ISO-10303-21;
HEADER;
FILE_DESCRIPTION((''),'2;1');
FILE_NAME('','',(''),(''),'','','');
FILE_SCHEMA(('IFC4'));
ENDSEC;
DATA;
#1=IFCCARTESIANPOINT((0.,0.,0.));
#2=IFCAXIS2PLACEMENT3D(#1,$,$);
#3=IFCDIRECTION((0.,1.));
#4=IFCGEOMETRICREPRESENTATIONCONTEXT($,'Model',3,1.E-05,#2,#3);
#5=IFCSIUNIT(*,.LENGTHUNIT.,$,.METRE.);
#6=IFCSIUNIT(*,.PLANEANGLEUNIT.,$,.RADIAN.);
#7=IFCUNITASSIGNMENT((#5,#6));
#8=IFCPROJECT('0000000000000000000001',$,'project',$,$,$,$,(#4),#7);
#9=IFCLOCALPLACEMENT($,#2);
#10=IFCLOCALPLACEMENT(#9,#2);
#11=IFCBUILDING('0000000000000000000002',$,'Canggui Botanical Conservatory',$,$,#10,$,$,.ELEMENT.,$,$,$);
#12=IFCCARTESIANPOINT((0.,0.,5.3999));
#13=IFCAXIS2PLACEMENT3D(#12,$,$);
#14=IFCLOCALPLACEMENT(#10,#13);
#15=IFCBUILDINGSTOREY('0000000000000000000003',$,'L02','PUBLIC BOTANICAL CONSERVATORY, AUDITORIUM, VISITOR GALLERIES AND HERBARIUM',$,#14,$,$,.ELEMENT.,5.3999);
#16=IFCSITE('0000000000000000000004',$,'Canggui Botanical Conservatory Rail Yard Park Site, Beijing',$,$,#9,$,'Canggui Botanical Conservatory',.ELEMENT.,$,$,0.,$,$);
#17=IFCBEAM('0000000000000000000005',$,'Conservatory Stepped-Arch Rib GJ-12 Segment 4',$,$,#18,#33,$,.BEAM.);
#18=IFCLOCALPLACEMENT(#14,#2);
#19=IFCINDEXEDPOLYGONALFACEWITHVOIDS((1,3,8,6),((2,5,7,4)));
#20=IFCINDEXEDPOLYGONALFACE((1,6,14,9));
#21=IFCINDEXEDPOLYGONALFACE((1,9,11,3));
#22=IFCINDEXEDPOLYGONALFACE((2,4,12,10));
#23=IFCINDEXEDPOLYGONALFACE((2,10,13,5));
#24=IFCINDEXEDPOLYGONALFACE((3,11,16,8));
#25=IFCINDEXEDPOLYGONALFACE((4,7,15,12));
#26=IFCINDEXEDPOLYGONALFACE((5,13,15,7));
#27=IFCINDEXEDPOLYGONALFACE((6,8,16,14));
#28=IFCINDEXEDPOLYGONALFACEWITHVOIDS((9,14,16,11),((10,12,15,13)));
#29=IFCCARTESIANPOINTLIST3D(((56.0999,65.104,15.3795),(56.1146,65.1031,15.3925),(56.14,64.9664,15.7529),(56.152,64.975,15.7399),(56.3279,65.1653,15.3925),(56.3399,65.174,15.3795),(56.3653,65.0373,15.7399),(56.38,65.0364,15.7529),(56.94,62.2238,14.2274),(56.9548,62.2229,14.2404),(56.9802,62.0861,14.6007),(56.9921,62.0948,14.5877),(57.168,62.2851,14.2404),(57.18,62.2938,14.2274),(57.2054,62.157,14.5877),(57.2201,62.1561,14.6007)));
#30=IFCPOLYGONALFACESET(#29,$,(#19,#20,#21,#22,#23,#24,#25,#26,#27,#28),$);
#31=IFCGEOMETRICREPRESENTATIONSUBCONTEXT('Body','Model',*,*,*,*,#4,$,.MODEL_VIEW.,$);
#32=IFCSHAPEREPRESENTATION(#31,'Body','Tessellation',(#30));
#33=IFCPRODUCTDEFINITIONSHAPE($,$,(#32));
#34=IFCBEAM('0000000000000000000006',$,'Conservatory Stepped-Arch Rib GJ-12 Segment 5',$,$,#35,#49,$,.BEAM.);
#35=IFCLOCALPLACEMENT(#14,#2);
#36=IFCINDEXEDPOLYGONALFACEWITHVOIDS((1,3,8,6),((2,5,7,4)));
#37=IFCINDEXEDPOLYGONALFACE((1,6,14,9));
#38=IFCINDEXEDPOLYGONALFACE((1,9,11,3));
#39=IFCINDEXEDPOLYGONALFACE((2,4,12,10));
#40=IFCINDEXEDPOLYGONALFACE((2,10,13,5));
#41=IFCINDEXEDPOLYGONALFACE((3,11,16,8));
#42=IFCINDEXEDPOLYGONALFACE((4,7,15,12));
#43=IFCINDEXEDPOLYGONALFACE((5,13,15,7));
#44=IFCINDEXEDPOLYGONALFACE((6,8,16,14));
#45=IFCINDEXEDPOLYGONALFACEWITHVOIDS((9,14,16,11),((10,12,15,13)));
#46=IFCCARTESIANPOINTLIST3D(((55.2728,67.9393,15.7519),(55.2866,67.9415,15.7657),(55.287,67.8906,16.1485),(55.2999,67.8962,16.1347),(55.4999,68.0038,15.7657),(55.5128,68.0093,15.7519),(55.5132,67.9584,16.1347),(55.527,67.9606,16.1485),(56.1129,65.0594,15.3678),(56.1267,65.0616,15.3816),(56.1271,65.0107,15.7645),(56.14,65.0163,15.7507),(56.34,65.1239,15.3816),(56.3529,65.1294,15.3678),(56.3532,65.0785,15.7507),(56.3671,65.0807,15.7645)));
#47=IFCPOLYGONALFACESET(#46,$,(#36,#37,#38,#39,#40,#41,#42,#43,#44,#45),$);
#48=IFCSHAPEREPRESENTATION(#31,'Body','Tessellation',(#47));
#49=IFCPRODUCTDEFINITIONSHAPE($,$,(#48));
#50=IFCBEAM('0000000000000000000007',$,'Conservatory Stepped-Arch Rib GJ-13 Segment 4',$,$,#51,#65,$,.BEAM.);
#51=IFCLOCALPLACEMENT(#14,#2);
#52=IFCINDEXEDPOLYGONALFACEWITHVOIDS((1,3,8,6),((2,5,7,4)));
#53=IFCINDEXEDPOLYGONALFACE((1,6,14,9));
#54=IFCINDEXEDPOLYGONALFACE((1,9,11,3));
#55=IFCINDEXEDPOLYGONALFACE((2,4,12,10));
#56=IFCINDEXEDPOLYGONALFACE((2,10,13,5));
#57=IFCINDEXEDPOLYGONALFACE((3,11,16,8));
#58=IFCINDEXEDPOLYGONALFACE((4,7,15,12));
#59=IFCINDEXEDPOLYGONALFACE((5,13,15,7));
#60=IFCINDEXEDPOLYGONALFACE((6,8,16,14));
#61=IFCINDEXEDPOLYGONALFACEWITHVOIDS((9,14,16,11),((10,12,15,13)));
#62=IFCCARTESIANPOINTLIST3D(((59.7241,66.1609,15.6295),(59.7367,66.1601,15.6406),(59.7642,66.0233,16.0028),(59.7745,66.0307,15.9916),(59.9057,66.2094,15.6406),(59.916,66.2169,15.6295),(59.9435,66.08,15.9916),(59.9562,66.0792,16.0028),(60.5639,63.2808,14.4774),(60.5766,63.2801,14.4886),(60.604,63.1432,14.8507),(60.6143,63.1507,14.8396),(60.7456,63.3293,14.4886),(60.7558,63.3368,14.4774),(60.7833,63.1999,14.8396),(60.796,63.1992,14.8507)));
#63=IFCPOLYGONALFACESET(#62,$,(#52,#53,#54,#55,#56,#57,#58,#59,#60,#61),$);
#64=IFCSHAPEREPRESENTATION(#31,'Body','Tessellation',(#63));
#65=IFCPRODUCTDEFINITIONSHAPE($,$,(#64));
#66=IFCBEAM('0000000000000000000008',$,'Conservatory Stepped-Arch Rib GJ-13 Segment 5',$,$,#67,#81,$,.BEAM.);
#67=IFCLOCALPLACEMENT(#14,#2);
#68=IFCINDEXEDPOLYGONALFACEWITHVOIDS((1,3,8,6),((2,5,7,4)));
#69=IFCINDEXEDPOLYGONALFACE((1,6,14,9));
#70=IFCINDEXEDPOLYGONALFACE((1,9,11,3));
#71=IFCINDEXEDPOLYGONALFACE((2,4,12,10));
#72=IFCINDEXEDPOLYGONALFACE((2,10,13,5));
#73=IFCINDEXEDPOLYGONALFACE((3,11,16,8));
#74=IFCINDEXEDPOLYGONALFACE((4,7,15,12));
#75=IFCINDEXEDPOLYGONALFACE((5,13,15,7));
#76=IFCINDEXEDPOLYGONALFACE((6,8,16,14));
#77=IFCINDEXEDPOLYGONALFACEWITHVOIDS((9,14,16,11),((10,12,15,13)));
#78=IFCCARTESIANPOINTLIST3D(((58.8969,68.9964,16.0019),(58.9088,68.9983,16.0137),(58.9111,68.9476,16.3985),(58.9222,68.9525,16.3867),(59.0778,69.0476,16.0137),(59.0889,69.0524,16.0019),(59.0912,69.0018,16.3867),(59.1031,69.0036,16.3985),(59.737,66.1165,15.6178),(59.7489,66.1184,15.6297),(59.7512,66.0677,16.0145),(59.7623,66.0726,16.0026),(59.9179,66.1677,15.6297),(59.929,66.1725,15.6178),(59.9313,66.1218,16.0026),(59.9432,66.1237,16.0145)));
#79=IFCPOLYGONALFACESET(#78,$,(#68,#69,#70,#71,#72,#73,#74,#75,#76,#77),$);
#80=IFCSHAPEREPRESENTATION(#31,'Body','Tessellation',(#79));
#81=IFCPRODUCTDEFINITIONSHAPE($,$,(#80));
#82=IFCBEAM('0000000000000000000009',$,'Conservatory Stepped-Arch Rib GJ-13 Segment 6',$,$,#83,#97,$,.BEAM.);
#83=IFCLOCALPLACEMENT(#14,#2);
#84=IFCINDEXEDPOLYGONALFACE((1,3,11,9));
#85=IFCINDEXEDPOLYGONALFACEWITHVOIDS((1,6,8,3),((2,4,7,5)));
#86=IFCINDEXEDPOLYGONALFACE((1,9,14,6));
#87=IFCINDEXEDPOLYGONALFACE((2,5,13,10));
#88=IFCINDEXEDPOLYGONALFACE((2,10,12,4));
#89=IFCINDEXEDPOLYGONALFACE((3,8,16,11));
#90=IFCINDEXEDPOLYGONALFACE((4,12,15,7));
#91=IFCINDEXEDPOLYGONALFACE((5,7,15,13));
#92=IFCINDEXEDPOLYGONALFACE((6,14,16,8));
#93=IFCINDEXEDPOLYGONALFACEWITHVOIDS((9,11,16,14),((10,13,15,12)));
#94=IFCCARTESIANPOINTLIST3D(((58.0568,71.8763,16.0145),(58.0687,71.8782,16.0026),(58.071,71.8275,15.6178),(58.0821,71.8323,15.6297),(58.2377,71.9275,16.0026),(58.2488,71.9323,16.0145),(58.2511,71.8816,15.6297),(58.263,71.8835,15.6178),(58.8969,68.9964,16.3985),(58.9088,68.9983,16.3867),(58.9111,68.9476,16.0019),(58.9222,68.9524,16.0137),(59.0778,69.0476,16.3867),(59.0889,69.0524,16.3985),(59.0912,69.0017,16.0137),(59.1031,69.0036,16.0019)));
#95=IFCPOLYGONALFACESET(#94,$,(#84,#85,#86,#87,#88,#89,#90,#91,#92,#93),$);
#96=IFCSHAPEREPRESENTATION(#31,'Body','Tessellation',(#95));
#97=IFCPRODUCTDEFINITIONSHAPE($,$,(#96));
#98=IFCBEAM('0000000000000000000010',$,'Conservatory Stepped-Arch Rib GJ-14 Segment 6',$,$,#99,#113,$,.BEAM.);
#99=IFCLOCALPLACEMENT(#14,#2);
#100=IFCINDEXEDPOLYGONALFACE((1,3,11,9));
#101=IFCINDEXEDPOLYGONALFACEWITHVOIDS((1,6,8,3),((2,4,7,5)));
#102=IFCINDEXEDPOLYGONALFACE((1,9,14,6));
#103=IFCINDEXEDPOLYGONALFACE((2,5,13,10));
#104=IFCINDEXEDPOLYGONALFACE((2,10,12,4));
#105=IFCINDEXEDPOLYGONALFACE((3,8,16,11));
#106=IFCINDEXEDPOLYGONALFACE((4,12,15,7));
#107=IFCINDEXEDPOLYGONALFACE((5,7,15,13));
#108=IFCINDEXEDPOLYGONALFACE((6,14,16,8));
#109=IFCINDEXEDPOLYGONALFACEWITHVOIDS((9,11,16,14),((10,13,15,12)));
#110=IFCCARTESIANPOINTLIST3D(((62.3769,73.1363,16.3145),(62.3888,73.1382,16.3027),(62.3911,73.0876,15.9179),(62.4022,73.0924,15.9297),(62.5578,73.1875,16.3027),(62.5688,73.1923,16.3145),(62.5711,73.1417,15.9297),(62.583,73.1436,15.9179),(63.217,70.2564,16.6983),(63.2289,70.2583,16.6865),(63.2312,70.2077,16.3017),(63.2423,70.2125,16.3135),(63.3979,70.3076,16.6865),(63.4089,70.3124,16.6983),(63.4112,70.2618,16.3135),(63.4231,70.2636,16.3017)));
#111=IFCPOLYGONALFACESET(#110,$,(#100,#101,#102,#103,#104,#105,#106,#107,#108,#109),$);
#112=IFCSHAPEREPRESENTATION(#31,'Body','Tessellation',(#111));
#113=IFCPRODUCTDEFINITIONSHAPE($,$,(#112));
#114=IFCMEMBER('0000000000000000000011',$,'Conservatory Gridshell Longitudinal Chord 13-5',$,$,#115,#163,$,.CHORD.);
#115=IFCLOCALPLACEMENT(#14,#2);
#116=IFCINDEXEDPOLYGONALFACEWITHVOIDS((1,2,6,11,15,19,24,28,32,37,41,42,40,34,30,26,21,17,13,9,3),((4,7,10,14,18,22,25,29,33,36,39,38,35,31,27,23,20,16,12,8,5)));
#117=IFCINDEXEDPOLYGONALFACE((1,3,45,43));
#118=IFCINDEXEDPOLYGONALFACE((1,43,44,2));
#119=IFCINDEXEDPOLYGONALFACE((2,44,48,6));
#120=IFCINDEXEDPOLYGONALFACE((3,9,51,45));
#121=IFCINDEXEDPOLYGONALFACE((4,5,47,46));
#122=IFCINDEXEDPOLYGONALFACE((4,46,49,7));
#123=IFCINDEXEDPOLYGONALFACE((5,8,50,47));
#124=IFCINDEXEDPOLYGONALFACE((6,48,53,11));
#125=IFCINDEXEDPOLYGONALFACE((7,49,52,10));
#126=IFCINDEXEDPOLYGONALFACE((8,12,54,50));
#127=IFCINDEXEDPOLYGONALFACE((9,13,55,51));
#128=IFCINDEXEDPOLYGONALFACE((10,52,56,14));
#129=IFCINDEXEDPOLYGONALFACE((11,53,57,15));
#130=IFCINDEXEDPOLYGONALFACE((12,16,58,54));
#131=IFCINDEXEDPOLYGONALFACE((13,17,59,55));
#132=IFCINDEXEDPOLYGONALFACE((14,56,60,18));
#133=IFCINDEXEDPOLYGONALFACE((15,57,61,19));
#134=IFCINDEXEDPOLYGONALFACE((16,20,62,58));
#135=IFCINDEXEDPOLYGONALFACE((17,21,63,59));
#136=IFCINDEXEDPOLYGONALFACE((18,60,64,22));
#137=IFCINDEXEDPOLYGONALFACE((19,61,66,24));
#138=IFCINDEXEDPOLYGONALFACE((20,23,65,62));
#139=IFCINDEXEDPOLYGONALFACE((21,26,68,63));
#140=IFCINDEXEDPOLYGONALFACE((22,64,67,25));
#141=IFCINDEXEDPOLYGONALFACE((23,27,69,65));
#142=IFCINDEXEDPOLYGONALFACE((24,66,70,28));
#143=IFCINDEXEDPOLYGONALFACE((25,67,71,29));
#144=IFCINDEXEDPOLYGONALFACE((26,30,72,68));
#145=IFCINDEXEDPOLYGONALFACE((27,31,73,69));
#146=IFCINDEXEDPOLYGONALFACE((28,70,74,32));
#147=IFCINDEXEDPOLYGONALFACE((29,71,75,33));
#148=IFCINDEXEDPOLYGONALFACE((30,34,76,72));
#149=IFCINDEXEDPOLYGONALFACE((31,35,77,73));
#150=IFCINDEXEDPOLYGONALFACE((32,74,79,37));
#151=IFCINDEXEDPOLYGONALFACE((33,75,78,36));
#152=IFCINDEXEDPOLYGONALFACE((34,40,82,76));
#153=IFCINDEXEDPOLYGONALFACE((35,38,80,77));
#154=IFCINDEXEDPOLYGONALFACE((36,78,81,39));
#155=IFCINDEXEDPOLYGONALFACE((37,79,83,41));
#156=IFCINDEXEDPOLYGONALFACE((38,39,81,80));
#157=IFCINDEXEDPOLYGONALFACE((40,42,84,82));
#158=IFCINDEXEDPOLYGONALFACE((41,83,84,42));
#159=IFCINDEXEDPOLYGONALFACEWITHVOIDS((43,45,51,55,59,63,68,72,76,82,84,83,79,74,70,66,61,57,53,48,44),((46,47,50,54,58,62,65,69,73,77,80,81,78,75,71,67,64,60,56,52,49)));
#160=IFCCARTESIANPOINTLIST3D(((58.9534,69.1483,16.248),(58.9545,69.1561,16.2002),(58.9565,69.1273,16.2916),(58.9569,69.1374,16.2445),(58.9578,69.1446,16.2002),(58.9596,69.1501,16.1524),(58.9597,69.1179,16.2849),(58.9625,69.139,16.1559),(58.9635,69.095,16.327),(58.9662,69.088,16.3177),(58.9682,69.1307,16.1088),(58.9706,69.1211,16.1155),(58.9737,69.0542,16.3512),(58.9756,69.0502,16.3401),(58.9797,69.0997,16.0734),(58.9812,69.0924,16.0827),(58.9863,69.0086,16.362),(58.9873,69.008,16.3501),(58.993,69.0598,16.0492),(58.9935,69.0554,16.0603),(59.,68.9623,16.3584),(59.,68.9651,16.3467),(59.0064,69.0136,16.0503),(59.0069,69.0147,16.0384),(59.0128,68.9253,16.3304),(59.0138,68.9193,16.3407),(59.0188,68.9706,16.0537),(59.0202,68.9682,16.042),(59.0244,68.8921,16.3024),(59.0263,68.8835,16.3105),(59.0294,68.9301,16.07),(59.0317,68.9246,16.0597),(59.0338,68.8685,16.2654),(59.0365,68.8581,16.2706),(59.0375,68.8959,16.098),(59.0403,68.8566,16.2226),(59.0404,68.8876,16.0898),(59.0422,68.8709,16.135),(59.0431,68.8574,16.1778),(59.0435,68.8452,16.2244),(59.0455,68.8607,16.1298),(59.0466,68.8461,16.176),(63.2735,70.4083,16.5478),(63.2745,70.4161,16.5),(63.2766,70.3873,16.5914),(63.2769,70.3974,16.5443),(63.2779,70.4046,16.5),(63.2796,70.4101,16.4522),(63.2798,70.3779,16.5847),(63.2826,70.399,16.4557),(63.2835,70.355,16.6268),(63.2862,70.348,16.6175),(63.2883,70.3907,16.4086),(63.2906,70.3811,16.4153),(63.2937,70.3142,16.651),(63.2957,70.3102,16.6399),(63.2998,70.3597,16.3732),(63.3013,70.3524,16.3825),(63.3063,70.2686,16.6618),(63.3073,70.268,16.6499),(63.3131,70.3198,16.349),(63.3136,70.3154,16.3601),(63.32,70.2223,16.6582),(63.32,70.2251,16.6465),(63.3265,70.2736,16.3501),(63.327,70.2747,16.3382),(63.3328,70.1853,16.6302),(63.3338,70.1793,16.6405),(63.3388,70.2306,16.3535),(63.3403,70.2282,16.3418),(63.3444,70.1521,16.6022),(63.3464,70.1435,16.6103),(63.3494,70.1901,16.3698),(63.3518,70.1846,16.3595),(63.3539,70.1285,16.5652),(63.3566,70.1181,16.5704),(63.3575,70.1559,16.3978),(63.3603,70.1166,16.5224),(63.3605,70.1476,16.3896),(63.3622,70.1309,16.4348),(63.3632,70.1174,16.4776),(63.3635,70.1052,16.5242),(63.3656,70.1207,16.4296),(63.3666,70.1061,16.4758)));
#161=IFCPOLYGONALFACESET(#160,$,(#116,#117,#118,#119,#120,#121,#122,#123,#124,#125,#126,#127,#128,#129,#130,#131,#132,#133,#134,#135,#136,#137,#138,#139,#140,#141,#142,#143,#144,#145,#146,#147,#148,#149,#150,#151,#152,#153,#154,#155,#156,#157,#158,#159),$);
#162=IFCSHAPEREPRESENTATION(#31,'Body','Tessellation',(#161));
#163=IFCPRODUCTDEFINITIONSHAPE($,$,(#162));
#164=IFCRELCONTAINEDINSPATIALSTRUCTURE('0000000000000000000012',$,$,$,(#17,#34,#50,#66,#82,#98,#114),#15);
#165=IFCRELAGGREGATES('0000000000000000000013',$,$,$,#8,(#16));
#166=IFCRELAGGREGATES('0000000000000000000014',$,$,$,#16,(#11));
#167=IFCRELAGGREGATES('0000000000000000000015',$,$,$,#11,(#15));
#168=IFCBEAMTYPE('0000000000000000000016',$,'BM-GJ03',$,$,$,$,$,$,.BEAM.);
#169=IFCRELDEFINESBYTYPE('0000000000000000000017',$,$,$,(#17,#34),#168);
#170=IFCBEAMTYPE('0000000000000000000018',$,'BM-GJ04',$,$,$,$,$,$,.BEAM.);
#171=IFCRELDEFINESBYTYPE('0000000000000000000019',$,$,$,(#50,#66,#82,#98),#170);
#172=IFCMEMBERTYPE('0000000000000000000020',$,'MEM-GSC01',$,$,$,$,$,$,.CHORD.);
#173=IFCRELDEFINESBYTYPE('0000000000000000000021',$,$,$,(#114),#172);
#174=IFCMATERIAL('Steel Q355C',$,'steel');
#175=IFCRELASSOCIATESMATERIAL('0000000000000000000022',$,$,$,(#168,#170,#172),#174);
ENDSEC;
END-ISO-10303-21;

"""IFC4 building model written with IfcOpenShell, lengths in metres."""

from ifc_helpers import new_model, si_unit, direction, frame, origin, origin_2d, place, context, subcontext, project, spatial, hollow_rectangle, hollow_circle, extrude, material, material_profile, profile_set, type_object, element, save


model = new_model("IFC4")

# Units and contexts
model_context = context("Model", 3, precision=1e-05, world=origin(), true_north=direction((0.0, 1.0)))
body_context = subcontext(model_context, "Body", "Model", "MODEL_VIEW")
ifc_project = project(units=[si_unit("LENGTHUNIT", "METRE"), si_unit("PLANEANGLEUNIT", "RADIAN")], contexts=[model_context])

# Site, building, storey
site_placement = place(None, origin())
site = spatial("IfcSite", under=ifc_project, at=site_placement, Name="Canggui Botanical Conservatory Rail Yard Park Site, Beijing", LongName="Canggui Botanical Conservatory", CompositionType="ELEMENT", RefElevation=0.0)
building_placement = place(site_placement, origin())
building = spatial("IfcBuilding", under=site, at=building_placement, Name="Canggui Botanical Conservatory", CompositionType="ELEMENT")
storey_placement = place(building_placement, frame((0.0, 0.0, 5.3999)))
storey = spatial("IfcBuildingStorey", under=building, at=storey_placement, Name="L02", Description="PUBLIC BOTANICAL CONSERVATORY, AUDITORIUM, VISITOR GALLERIES AND HERBARIUM", CompositionType="ELEMENT", Elevation=5.3999)

# Beams
ifc_material_1 = material(Name="Steel Q355C", Category="steel")
ifc_material_profile_1 = material_profile(ifc_material_1, hollow_rectangle(XDim=0.25, YDim=0.3999, WallThickness=0.0139, at=origin_2d()), Name="RHS 250x400x14")
ifc_profile_set_1 = profile_set([ifc_material_profile_1], Name="Steel Q355C")
beam_type_1 = type_object("IfcBeamType", Name="BM-GJ03", PredefinedType="BEAM", material=ifc_profile_set_1)
beam_1_placement = place(storey_placement, frame((57.0801, 62.1899, 14.4141), z_axis=(-0.261404, 0.896188, 0.35849), x_axis=(-0.959995, -0.280016, 0.0)))
element("IfcBeam", 1, at=beam_1_placement, inside=storey, type_object=beam_type_1, Name="Conservatory Stepped-Arch Rib GJ-12 Segment 4", PredefinedType="BEAM", context=body_context, shape_type="SweptSolid", body=[
    extrude(hollow_rectangle(XDim=0.25, YDim=0.3999, WallThickness=0.0139, at=origin_2d()), origin(), (0.0, 0.0, 1.0), 3.2139),
])
beam_2_placement = place(storey_placement, frame((56.24, 65.0701, 15.5662), z_axis=(-0.277771, 0.952218, 0.126979), x_axis=(-0.959989, -0.280038, 0.0)))
element("IfcBeam", 2, at=beam_2_placement, inside=storey, type_object=beam_type_1, Name="Conservatory Stepped-Arch Rib GJ-12 Segment 5", PredefinedType="BEAM", context=body_context, shape_type="SweptSolid", body=[
    extrude(hollow_rectangle(XDim=0.25, YDim=0.3999, WallThickness=0.0139, at=origin_2d()), origin(), (0.0, 0.0, 1.0), 3.0244),
])
ifc_material_profile_2 = material_profile(ifc_material_1, hollow_rectangle(XDim=0.2, YDim=0.3999, WallThickness=0.012, at=origin_2d()), Name="RHS 200x400x12")
ifc_profile_set_2 = profile_set([ifc_material_profile_2], Name="Steel Q355C")
beam_type_2 = type_object("IfcBeamType", Name="BM-GJ04", PredefinedType="BEAM", material=ifc_profile_set_2)
beam_3_placement = place(storey_placement, frame((60.6799, 63.24, 14.6641), z_axis=(-0.261333, 0.896206, 0.358497), x_axis=(-0.960017, -0.279941, 0.0)))
element("IfcBeam", 3, at=beam_3_placement, inside=storey, type_object=beam_type_2, Name="Conservatory Stepped-Arch Rib GJ-13 Segment 4", PredefinedType="BEAM", context=body_context, shape_type="SweptSolid", body=[
    extrude(hollow_rectangle(XDim=0.2, YDim=0.3999, WallThickness=0.012, at=origin_2d()), origin(), (0.0, 0.0, 1.0), 3.2136),
])
for number, where, z_axis, x_axis, name in (
    (4, (59.8401, 66.1201, 15.8162), (-0.277771, 0.952218, 0.126979), (-0.959989, -0.280038, 0.0), "Conservatory Stepped-Arch Rib GJ-13 Segment 5"),
    (5, (59.0, 69.0, 16.2002), (-0.277771, 0.952218, -0.126979), (-0.959989, -0.280038, 0.0), "Conservatory Stepped-Arch Rib GJ-13 Segment 6"),
    (6, (63.3201, 70.26, 16.5), (-0.277774, 0.952228, -0.126899), (-0.959989, -0.280038, 0.0), "Conservatory Stepped-Arch Rib GJ-14 Segment 6"),
):
    element("IfcBeam", number, at=place(storey_placement, frame(where, z_axis=z_axis, x_axis=x_axis)), inside=storey, type_object=beam_type_2, Name=name, PredefinedType="BEAM", context=body_context, shape_type="SweptSolid", body=[
        extrude(hollow_rectangle(XDim=0.2, YDim=0.3999, WallThickness=0.012, at=origin_2d()), origin(), (0.0, 0.0, 1.0), 3.0244),
    ])

# Member
ifc_material_profile_3 = material_profile(ifc_material_1, hollow_circle(Radius=0.1626, WallThickness=0.012, at=origin_2d()), Name="CHS 325x12")
ifc_profile_set_3 = profile_set([ifc_material_profile_3], Name="Steel Q355C")
member_type_1 = type_object("IfcMemberType", Name="MEM-GSC01", PredefinedType="CHORD", material=ifc_profile_set_3)
member_1_placement = place(storey_placement, frame((59.0, 69.0, 16.2002), z_axis=(0.957877, 0.279379, 0.066475), x_axis=(-0.279998, 0.960001, 0.0)))
element("IfcMember", 7, at=member_1_placement, inside=storey, type_object=member_type_1, Name="Conservatory Gridshell Longitudinal Chord 13-5", PredefinedType="CHORD", context=body_context, shape_type="SweptSolid", body=[
    extrude(hollow_circle(Radius=0.1626, WallThickness=0.012, at=origin_2d()), origin(), (0.0, 0.0, 1.0), 4.51),
])

save(model, "model.ifc")
